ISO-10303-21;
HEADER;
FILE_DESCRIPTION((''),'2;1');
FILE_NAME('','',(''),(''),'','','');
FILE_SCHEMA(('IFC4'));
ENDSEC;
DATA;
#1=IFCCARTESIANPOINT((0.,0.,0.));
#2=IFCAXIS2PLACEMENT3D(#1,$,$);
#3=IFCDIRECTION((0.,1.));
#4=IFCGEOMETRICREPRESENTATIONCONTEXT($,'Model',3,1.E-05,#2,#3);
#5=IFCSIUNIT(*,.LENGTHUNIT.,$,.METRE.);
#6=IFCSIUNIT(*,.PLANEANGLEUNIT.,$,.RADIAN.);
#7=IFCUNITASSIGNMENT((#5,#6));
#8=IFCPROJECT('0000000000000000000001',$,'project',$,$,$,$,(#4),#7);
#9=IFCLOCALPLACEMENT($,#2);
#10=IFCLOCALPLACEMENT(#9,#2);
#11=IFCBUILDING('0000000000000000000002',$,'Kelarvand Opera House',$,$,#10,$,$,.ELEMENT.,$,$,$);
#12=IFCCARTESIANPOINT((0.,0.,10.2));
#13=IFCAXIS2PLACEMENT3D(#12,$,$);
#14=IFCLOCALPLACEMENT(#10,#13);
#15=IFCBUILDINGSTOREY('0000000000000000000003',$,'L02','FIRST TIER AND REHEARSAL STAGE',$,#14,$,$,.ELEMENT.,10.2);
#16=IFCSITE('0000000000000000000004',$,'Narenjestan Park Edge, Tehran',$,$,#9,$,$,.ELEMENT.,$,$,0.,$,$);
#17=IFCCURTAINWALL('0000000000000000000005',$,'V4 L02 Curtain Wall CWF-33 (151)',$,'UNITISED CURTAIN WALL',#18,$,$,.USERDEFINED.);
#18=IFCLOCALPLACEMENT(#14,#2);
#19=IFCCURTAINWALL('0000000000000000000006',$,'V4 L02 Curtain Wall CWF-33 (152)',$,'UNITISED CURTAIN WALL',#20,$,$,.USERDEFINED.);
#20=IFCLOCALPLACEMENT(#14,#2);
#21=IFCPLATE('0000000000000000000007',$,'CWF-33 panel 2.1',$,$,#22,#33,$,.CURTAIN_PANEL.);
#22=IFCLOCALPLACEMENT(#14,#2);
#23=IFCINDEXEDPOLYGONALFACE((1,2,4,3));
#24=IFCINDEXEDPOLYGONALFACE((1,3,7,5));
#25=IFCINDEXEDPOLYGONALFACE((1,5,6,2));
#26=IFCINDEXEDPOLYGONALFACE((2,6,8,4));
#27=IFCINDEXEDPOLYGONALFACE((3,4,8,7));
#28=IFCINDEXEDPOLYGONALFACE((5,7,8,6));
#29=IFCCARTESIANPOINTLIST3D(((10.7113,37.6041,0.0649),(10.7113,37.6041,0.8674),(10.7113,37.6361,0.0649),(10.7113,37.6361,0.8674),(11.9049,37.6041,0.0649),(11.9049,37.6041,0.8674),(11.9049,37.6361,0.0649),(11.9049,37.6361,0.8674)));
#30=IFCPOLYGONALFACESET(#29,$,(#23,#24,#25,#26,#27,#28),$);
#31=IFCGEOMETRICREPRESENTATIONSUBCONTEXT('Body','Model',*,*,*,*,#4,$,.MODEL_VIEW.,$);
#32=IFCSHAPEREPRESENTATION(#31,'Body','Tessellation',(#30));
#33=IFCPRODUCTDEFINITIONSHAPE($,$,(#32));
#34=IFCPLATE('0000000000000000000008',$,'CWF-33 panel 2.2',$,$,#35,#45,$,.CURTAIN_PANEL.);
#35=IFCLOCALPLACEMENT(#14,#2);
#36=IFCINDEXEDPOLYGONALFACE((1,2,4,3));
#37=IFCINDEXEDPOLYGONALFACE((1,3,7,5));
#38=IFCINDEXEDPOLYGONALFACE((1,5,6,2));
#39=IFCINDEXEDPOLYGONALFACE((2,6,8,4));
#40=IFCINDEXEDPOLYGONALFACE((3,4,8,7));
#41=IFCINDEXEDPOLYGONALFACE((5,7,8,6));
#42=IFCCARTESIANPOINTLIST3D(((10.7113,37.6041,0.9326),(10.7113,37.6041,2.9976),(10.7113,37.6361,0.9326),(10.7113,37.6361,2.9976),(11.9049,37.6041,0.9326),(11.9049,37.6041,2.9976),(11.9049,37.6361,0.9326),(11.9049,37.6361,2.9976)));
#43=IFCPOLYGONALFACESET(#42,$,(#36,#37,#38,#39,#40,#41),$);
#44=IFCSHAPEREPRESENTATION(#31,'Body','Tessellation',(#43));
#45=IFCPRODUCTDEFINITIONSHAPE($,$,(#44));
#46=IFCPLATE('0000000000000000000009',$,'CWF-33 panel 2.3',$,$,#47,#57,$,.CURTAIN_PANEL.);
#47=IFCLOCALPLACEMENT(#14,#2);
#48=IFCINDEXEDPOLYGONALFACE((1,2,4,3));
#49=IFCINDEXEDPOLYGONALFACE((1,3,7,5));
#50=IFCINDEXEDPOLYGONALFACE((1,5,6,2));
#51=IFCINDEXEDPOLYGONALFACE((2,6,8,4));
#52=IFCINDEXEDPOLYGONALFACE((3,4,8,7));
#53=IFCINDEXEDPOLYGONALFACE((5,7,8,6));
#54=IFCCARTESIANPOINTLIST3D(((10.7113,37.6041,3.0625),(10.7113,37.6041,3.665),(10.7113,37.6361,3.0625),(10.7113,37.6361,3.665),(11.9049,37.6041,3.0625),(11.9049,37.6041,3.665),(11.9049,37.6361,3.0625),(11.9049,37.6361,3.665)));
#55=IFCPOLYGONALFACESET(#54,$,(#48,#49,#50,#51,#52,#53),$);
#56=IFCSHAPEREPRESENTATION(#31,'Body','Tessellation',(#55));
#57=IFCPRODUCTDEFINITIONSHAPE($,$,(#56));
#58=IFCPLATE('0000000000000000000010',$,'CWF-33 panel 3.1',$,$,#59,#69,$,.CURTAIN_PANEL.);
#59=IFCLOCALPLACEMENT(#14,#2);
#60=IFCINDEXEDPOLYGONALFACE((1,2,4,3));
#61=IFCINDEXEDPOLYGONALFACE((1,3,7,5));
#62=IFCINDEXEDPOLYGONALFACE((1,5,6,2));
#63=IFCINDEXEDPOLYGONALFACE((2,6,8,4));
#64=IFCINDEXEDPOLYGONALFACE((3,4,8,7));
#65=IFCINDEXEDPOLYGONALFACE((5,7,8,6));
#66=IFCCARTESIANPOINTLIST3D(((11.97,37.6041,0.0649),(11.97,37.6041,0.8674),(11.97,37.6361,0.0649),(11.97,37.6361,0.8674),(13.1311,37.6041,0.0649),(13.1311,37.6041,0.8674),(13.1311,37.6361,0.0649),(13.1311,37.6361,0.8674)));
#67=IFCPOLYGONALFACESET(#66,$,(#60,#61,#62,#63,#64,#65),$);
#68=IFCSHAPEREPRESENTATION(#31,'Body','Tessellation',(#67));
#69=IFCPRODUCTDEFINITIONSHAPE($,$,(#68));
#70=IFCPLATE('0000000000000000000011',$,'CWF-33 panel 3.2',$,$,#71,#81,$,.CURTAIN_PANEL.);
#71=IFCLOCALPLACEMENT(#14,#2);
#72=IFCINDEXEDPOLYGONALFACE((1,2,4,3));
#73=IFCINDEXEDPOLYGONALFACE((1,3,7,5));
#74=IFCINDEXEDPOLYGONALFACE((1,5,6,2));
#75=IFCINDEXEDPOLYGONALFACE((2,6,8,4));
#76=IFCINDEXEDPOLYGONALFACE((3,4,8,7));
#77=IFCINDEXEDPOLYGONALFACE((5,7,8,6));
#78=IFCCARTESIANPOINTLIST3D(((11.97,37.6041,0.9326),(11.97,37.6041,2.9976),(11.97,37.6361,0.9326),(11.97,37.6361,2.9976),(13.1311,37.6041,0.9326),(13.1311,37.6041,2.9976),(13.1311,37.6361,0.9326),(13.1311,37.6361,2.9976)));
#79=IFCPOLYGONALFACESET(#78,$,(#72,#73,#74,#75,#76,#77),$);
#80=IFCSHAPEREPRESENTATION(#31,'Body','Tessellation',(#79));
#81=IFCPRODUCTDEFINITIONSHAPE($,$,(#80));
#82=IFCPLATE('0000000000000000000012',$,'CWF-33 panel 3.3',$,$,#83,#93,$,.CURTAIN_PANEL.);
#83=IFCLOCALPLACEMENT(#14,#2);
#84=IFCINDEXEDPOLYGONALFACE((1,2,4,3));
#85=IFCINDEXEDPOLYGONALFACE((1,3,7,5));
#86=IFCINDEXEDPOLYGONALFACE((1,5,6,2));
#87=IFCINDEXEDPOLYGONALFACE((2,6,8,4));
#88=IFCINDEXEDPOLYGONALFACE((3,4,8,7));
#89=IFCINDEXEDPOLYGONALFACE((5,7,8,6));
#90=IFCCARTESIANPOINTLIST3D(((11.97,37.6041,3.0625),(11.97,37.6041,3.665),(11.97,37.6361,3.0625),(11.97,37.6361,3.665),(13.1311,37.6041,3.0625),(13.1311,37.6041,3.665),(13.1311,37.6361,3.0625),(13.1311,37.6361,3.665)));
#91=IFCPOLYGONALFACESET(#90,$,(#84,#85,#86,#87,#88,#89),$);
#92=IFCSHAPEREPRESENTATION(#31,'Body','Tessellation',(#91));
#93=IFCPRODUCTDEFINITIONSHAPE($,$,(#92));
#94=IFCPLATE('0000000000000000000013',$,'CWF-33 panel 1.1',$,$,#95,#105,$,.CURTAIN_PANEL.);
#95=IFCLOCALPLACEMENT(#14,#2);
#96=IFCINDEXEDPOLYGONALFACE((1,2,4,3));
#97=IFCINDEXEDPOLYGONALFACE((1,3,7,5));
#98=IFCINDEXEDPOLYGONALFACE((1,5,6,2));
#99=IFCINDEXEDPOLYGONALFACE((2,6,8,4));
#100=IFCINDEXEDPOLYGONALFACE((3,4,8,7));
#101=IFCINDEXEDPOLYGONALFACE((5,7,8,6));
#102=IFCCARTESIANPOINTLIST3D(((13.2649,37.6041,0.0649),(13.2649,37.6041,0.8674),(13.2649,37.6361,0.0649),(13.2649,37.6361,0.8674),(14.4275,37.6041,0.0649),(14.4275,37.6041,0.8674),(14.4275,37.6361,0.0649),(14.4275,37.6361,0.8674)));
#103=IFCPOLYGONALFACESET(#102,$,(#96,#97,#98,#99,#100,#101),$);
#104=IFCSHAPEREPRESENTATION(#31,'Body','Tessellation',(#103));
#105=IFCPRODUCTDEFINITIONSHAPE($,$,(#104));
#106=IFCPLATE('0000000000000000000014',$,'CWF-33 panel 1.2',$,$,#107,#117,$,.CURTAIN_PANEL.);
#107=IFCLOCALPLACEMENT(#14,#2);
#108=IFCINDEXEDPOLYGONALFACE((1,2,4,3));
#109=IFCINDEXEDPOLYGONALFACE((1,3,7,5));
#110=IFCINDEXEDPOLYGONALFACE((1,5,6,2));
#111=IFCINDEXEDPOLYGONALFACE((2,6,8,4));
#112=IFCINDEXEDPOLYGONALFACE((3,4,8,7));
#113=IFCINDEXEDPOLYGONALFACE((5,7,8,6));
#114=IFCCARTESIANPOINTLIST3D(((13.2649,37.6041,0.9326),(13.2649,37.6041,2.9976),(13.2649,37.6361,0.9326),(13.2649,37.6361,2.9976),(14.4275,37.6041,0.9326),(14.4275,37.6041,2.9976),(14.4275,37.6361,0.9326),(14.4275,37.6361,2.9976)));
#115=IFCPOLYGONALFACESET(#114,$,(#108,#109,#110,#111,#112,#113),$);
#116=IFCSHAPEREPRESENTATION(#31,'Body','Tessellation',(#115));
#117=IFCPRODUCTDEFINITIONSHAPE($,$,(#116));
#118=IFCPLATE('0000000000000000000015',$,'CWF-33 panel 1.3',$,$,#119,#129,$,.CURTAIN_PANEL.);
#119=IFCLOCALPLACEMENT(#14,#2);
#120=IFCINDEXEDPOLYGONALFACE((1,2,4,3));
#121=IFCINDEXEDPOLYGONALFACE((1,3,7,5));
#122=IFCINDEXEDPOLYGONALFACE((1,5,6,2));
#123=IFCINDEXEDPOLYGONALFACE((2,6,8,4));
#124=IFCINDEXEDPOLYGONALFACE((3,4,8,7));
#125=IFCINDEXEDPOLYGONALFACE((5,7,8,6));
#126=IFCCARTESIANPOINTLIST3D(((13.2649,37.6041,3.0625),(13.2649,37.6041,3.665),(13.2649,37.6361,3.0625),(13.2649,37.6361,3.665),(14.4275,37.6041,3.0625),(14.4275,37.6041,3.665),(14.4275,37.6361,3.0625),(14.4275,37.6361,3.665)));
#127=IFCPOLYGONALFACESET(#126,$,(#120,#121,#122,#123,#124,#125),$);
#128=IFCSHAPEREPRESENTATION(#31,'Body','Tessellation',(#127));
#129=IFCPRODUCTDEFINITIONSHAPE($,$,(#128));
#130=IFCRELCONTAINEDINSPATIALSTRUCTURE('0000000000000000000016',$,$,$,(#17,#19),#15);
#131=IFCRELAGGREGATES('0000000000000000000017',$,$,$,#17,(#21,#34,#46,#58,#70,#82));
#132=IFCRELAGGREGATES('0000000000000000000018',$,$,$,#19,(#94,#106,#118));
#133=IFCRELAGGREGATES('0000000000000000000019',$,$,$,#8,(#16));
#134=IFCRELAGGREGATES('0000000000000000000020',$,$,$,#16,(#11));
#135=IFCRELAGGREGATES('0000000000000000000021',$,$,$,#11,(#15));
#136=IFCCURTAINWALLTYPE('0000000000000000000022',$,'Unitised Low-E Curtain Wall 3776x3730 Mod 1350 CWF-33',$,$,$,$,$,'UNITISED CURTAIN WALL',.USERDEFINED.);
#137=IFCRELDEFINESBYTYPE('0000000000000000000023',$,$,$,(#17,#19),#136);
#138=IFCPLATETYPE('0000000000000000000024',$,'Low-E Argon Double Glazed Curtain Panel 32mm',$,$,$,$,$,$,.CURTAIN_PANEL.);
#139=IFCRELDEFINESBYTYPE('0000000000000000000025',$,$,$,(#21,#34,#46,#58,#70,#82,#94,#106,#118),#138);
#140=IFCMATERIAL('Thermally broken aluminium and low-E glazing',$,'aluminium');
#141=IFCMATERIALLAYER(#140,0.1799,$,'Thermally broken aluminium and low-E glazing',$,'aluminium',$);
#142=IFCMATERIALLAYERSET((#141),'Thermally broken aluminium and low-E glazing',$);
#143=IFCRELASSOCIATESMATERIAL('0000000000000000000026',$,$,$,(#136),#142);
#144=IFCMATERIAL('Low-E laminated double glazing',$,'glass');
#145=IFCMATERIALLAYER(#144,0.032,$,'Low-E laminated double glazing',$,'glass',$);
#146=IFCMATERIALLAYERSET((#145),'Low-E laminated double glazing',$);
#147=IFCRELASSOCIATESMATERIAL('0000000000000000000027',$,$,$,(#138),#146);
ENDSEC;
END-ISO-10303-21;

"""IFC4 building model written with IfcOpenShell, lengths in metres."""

from ifc_helpers import new_model, si_unit, direction, frame, origin, origin_2d, place, context, subcontext, project, spatial, rectangle, extrude, material, layer, layer_set, type_object, element, aggregate, save


model = new_model("IFC4")

# Units and contexts
model_context = context("Model", 3, precision=1e-05, world=origin(), true_north=direction((0.0, 1.0)))
body_context = subcontext(model_context, "Body", "Model", "MODEL_VIEW")
ifc_project = project(units=[si_unit("LENGTHUNIT", "METRE"), si_unit("PLANEANGLEUNIT", "RADIAN")], contexts=[model_context])

# Site, building, storey
site_placement = place(None, origin())
site = spatial("IfcSite", under=ifc_project, at=site_placement, Name="Narenjestan Park Edge, Tehran", CompositionType="ELEMENT", RefElevation=0.0)
building_placement = place(site_placement, origin())
building = spatial("IfcBuilding", under=site, at=building_placement, Name="Kelarvand Opera House", CompositionType="ELEMENT")
storey_placement = place(building_placement, frame((0.0, 0.0, 10.2)))
storey = spatial("IfcBuildingStorey", under=building, at=storey_placement, Name="L02", Description="FIRST TIER AND REHEARSAL STAGE", CompositionType="ELEMENT", Elevation=10.2)

# Curtain walls
ifc_material_1 = material(Name="Thermally broken aluminium and low-E glazing", Category="aluminium")
ifc_layer_1 = layer(ifc_material_1, 0.1799, Name="Thermally broken aluminium and low-E glazing", Category="aluminium")
ifc_layer_set_1 = layer_set([ifc_layer_1], Name="Thermally broken aluminium and low-E glazing")
curtain_wall_type = type_object("IfcCurtainWallType", Name="Unitised Low-E Curtain Wall 3776x3730 Mod 1350 CWF-33", ElementType="UNITISED CURTAIN WALL", PredefinedType="USERDEFINED", material=ifc_layer_set_1)
curtain_wall_1_placement = place(storey_placement, origin())
curtain_wall_1 = element("IfcCurtainWall", 1, at=curtain_wall_1_placement, inside=storey, type_object=curtain_wall_type, Name="V4 L02 Curtain Wall CWF-33 (151)", ObjectType="UNITISED CURTAIN WALL", PredefinedType="USERDEFINED")
curtain_wall_2_placement = place(storey_placement, origin())
curtain_wall_2 = element("IfcCurtainWall", 2, at=curtain_wall_2_placement, inside=storey, type_object=curtain_wall_type, Name="V4 L02 Curtain Wall CWF-33 (152)", ObjectType="UNITISED CURTAIN WALL", PredefinedType="USERDEFINED")

# Plates
ifc_material_2 = material(Name="Low-E laminated double glazing", Category="glass")
ifc_layer_2 = layer(ifc_material_2, 0.032, Name="Low-E laminated double glazing", Category="glass")
ifc_layer_set_2 = layer_set([ifc_layer_2], Name="Low-E laminated double glazing")
plate_type = type_object("IfcPlateType", Name="Low-E Argon Double Glazed Curtain Panel 32mm", PredefinedType="CURTAIN_PANEL", material=ifc_layer_set_2)
plate_1_placement = place(storey_placement, frame((11.3081, 37.6201, 0.0649), z_axis=(0.0, 0.0, 1.0), x_axis=(1.0, 0.0, 0.0)))
plate_1 = element("IfcPlate", 3, at=plate_1_placement, type_object=plate_type, Name="CWF-33 panel 2.1", PredefinedType="CURTAIN_PANEL", context=body_context, shape_type="SweptSolid", body=[
    extrude(rectangle(XDim=1.1936, YDim=0.032, at=origin_2d()), origin(), (0.0, 0.0, 1.0), 0.8025),
])
plate_2_placement = place(storey_placement, frame((11.3081, 37.6201, 0.9326), z_axis=(0.0, 0.0, 1.0), x_axis=(1.0, 0.0, 0.0)))
plate_2 = element("IfcPlate", 4, at=plate_2_placement, type_object=plate_type, Name="CWF-33 panel 2.2", PredefinedType="CURTAIN_PANEL", context=body_context, shape_type="SweptSolid", body=[
    extrude(rectangle(XDim=1.1936, YDim=0.032, at=origin_2d()), origin(), (0.0, 0.0, 1.0), 2.0649),
])
plate_3_placement = place(storey_placement, frame((11.3081, 37.6201, 3.0625), z_axis=(0.0, 0.0, 1.0), x_axis=(1.0, 0.0, 0.0)))
plate_3 = element("IfcPlate", 5, at=plate_3_placement, type_object=plate_type, Name="CWF-33 panel 2.3", PredefinedType="CURTAIN_PANEL", context=body_context, shape_type="SweptSolid", body=[
    extrude(rectangle(XDim=1.1936, YDim=0.032, at=origin_2d()), origin(), (0.0, 0.0, 1.0), 0.6025),
])
plate_4_placement = place(storey_placement, frame((12.5505, 37.6201, 0.0649), z_axis=(0.0, 0.0, 1.0), x_axis=(1.0, 0.0, 0.0)))
plate_4 = element("IfcPlate", 6, at=plate_4_placement, type_object=plate_type, Name="CWF-33 panel 3.1", PredefinedType="CURTAIN_PANEL", context=body_context, shape_type="SweptSolid", body=[
    extrude(rectangle(XDim=1.1611, YDim=0.032, at=origin_2d()), origin(), (0.0, 0.0, 1.0), 0.8025),
])
plate_5_placement = place(storey_placement, frame((12.5505, 37.6201, 0.9326), z_axis=(0.0, 0.0, 1.0), x_axis=(1.0, 0.0, 0.0)))
plate_5 = element("IfcPlate", 7, at=plate_5_placement, type_object=plate_type, Name="CWF-33 panel 3.2", PredefinedType="CURTAIN_PANEL", context=body_context, shape_type="SweptSolid", body=[
    extrude(rectangle(XDim=1.1611, YDim=0.032, at=origin_2d()), origin(), (0.0, 0.0, 1.0), 2.0649),
])
plate_6_placement = place(storey_placement, frame((12.5505, 37.6201, 3.0625), z_axis=(0.0, 0.0, 1.0), x_axis=(1.0, 0.0, 0.0)))
plate_6 = element("IfcPlate", 8, at=plate_6_placement, type_object=plate_type, Name="CWF-33 panel 3.3", PredefinedType="CURTAIN_PANEL", context=body_context, shape_type="SweptSolid", body=[
    extrude(rectangle(XDim=1.1611, YDim=0.032, at=origin_2d()), origin(), (0.0, 0.0, 1.0), 0.6025),
])
aggregate(curtain_wall_1, [plate_1, plate_2, plate_3, plate_4, plate_5, plate_6])
plate_7_placement = place(storey_placement, frame((13.8462, 37.6201, 0.0649), z_axis=(0.0, 0.0, 1.0), x_axis=(1.0, 0.0, 0.0)))
plate_7 = element("IfcPlate", 9, at=plate_7_placement, type_object=plate_type, Name="CWF-33 panel 1.1", PredefinedType="CURTAIN_PANEL", context=body_context, shape_type="SweptSolid", body=[
    extrude(rectangle(XDim=1.1626, YDim=0.032, at=origin_2d()), origin(), (0.0, 0.0, 1.0), 0.8025),
])
plate_8_placement = place(storey_placement, frame((13.8462, 37.6201, 0.9326), z_axis=(0.0, 0.0, 1.0), x_axis=(1.0, 0.0, 0.0)))
plate_8 = element("IfcPlate", 10, at=plate_8_placement, type_object=plate_type, Name="CWF-33 panel 1.2", PredefinedType="CURTAIN_PANEL", context=body_context, shape_type="SweptSolid", body=[
    extrude(rectangle(XDim=1.1626, YDim=0.032, at=origin_2d()), origin(), (0.0, 0.0, 1.0), 2.0649),
])
plate_9_placement = place(storey_placement, frame((13.8462, 37.6201, 3.0625), z_axis=(0.0, 0.0, 1.0), x_axis=(1.0, 0.0, 0.0)))
plate_9 = element("IfcPlate", 11, at=plate_9_placement, type_object=plate_type, Name="CWF-33 panel 1.3", PredefinedType="CURTAIN_PANEL", context=body_context, shape_type="SweptSolid", body=[
    extrude(rectangle(XDim=1.1626, YDim=0.032, at=origin_2d()), origin(), (0.0, 0.0, 1.0), 0.6025),
])
aggregate(curtain_wall_2, [plate_7, plate_8, plate_9])

save(model, "model.ifc")
